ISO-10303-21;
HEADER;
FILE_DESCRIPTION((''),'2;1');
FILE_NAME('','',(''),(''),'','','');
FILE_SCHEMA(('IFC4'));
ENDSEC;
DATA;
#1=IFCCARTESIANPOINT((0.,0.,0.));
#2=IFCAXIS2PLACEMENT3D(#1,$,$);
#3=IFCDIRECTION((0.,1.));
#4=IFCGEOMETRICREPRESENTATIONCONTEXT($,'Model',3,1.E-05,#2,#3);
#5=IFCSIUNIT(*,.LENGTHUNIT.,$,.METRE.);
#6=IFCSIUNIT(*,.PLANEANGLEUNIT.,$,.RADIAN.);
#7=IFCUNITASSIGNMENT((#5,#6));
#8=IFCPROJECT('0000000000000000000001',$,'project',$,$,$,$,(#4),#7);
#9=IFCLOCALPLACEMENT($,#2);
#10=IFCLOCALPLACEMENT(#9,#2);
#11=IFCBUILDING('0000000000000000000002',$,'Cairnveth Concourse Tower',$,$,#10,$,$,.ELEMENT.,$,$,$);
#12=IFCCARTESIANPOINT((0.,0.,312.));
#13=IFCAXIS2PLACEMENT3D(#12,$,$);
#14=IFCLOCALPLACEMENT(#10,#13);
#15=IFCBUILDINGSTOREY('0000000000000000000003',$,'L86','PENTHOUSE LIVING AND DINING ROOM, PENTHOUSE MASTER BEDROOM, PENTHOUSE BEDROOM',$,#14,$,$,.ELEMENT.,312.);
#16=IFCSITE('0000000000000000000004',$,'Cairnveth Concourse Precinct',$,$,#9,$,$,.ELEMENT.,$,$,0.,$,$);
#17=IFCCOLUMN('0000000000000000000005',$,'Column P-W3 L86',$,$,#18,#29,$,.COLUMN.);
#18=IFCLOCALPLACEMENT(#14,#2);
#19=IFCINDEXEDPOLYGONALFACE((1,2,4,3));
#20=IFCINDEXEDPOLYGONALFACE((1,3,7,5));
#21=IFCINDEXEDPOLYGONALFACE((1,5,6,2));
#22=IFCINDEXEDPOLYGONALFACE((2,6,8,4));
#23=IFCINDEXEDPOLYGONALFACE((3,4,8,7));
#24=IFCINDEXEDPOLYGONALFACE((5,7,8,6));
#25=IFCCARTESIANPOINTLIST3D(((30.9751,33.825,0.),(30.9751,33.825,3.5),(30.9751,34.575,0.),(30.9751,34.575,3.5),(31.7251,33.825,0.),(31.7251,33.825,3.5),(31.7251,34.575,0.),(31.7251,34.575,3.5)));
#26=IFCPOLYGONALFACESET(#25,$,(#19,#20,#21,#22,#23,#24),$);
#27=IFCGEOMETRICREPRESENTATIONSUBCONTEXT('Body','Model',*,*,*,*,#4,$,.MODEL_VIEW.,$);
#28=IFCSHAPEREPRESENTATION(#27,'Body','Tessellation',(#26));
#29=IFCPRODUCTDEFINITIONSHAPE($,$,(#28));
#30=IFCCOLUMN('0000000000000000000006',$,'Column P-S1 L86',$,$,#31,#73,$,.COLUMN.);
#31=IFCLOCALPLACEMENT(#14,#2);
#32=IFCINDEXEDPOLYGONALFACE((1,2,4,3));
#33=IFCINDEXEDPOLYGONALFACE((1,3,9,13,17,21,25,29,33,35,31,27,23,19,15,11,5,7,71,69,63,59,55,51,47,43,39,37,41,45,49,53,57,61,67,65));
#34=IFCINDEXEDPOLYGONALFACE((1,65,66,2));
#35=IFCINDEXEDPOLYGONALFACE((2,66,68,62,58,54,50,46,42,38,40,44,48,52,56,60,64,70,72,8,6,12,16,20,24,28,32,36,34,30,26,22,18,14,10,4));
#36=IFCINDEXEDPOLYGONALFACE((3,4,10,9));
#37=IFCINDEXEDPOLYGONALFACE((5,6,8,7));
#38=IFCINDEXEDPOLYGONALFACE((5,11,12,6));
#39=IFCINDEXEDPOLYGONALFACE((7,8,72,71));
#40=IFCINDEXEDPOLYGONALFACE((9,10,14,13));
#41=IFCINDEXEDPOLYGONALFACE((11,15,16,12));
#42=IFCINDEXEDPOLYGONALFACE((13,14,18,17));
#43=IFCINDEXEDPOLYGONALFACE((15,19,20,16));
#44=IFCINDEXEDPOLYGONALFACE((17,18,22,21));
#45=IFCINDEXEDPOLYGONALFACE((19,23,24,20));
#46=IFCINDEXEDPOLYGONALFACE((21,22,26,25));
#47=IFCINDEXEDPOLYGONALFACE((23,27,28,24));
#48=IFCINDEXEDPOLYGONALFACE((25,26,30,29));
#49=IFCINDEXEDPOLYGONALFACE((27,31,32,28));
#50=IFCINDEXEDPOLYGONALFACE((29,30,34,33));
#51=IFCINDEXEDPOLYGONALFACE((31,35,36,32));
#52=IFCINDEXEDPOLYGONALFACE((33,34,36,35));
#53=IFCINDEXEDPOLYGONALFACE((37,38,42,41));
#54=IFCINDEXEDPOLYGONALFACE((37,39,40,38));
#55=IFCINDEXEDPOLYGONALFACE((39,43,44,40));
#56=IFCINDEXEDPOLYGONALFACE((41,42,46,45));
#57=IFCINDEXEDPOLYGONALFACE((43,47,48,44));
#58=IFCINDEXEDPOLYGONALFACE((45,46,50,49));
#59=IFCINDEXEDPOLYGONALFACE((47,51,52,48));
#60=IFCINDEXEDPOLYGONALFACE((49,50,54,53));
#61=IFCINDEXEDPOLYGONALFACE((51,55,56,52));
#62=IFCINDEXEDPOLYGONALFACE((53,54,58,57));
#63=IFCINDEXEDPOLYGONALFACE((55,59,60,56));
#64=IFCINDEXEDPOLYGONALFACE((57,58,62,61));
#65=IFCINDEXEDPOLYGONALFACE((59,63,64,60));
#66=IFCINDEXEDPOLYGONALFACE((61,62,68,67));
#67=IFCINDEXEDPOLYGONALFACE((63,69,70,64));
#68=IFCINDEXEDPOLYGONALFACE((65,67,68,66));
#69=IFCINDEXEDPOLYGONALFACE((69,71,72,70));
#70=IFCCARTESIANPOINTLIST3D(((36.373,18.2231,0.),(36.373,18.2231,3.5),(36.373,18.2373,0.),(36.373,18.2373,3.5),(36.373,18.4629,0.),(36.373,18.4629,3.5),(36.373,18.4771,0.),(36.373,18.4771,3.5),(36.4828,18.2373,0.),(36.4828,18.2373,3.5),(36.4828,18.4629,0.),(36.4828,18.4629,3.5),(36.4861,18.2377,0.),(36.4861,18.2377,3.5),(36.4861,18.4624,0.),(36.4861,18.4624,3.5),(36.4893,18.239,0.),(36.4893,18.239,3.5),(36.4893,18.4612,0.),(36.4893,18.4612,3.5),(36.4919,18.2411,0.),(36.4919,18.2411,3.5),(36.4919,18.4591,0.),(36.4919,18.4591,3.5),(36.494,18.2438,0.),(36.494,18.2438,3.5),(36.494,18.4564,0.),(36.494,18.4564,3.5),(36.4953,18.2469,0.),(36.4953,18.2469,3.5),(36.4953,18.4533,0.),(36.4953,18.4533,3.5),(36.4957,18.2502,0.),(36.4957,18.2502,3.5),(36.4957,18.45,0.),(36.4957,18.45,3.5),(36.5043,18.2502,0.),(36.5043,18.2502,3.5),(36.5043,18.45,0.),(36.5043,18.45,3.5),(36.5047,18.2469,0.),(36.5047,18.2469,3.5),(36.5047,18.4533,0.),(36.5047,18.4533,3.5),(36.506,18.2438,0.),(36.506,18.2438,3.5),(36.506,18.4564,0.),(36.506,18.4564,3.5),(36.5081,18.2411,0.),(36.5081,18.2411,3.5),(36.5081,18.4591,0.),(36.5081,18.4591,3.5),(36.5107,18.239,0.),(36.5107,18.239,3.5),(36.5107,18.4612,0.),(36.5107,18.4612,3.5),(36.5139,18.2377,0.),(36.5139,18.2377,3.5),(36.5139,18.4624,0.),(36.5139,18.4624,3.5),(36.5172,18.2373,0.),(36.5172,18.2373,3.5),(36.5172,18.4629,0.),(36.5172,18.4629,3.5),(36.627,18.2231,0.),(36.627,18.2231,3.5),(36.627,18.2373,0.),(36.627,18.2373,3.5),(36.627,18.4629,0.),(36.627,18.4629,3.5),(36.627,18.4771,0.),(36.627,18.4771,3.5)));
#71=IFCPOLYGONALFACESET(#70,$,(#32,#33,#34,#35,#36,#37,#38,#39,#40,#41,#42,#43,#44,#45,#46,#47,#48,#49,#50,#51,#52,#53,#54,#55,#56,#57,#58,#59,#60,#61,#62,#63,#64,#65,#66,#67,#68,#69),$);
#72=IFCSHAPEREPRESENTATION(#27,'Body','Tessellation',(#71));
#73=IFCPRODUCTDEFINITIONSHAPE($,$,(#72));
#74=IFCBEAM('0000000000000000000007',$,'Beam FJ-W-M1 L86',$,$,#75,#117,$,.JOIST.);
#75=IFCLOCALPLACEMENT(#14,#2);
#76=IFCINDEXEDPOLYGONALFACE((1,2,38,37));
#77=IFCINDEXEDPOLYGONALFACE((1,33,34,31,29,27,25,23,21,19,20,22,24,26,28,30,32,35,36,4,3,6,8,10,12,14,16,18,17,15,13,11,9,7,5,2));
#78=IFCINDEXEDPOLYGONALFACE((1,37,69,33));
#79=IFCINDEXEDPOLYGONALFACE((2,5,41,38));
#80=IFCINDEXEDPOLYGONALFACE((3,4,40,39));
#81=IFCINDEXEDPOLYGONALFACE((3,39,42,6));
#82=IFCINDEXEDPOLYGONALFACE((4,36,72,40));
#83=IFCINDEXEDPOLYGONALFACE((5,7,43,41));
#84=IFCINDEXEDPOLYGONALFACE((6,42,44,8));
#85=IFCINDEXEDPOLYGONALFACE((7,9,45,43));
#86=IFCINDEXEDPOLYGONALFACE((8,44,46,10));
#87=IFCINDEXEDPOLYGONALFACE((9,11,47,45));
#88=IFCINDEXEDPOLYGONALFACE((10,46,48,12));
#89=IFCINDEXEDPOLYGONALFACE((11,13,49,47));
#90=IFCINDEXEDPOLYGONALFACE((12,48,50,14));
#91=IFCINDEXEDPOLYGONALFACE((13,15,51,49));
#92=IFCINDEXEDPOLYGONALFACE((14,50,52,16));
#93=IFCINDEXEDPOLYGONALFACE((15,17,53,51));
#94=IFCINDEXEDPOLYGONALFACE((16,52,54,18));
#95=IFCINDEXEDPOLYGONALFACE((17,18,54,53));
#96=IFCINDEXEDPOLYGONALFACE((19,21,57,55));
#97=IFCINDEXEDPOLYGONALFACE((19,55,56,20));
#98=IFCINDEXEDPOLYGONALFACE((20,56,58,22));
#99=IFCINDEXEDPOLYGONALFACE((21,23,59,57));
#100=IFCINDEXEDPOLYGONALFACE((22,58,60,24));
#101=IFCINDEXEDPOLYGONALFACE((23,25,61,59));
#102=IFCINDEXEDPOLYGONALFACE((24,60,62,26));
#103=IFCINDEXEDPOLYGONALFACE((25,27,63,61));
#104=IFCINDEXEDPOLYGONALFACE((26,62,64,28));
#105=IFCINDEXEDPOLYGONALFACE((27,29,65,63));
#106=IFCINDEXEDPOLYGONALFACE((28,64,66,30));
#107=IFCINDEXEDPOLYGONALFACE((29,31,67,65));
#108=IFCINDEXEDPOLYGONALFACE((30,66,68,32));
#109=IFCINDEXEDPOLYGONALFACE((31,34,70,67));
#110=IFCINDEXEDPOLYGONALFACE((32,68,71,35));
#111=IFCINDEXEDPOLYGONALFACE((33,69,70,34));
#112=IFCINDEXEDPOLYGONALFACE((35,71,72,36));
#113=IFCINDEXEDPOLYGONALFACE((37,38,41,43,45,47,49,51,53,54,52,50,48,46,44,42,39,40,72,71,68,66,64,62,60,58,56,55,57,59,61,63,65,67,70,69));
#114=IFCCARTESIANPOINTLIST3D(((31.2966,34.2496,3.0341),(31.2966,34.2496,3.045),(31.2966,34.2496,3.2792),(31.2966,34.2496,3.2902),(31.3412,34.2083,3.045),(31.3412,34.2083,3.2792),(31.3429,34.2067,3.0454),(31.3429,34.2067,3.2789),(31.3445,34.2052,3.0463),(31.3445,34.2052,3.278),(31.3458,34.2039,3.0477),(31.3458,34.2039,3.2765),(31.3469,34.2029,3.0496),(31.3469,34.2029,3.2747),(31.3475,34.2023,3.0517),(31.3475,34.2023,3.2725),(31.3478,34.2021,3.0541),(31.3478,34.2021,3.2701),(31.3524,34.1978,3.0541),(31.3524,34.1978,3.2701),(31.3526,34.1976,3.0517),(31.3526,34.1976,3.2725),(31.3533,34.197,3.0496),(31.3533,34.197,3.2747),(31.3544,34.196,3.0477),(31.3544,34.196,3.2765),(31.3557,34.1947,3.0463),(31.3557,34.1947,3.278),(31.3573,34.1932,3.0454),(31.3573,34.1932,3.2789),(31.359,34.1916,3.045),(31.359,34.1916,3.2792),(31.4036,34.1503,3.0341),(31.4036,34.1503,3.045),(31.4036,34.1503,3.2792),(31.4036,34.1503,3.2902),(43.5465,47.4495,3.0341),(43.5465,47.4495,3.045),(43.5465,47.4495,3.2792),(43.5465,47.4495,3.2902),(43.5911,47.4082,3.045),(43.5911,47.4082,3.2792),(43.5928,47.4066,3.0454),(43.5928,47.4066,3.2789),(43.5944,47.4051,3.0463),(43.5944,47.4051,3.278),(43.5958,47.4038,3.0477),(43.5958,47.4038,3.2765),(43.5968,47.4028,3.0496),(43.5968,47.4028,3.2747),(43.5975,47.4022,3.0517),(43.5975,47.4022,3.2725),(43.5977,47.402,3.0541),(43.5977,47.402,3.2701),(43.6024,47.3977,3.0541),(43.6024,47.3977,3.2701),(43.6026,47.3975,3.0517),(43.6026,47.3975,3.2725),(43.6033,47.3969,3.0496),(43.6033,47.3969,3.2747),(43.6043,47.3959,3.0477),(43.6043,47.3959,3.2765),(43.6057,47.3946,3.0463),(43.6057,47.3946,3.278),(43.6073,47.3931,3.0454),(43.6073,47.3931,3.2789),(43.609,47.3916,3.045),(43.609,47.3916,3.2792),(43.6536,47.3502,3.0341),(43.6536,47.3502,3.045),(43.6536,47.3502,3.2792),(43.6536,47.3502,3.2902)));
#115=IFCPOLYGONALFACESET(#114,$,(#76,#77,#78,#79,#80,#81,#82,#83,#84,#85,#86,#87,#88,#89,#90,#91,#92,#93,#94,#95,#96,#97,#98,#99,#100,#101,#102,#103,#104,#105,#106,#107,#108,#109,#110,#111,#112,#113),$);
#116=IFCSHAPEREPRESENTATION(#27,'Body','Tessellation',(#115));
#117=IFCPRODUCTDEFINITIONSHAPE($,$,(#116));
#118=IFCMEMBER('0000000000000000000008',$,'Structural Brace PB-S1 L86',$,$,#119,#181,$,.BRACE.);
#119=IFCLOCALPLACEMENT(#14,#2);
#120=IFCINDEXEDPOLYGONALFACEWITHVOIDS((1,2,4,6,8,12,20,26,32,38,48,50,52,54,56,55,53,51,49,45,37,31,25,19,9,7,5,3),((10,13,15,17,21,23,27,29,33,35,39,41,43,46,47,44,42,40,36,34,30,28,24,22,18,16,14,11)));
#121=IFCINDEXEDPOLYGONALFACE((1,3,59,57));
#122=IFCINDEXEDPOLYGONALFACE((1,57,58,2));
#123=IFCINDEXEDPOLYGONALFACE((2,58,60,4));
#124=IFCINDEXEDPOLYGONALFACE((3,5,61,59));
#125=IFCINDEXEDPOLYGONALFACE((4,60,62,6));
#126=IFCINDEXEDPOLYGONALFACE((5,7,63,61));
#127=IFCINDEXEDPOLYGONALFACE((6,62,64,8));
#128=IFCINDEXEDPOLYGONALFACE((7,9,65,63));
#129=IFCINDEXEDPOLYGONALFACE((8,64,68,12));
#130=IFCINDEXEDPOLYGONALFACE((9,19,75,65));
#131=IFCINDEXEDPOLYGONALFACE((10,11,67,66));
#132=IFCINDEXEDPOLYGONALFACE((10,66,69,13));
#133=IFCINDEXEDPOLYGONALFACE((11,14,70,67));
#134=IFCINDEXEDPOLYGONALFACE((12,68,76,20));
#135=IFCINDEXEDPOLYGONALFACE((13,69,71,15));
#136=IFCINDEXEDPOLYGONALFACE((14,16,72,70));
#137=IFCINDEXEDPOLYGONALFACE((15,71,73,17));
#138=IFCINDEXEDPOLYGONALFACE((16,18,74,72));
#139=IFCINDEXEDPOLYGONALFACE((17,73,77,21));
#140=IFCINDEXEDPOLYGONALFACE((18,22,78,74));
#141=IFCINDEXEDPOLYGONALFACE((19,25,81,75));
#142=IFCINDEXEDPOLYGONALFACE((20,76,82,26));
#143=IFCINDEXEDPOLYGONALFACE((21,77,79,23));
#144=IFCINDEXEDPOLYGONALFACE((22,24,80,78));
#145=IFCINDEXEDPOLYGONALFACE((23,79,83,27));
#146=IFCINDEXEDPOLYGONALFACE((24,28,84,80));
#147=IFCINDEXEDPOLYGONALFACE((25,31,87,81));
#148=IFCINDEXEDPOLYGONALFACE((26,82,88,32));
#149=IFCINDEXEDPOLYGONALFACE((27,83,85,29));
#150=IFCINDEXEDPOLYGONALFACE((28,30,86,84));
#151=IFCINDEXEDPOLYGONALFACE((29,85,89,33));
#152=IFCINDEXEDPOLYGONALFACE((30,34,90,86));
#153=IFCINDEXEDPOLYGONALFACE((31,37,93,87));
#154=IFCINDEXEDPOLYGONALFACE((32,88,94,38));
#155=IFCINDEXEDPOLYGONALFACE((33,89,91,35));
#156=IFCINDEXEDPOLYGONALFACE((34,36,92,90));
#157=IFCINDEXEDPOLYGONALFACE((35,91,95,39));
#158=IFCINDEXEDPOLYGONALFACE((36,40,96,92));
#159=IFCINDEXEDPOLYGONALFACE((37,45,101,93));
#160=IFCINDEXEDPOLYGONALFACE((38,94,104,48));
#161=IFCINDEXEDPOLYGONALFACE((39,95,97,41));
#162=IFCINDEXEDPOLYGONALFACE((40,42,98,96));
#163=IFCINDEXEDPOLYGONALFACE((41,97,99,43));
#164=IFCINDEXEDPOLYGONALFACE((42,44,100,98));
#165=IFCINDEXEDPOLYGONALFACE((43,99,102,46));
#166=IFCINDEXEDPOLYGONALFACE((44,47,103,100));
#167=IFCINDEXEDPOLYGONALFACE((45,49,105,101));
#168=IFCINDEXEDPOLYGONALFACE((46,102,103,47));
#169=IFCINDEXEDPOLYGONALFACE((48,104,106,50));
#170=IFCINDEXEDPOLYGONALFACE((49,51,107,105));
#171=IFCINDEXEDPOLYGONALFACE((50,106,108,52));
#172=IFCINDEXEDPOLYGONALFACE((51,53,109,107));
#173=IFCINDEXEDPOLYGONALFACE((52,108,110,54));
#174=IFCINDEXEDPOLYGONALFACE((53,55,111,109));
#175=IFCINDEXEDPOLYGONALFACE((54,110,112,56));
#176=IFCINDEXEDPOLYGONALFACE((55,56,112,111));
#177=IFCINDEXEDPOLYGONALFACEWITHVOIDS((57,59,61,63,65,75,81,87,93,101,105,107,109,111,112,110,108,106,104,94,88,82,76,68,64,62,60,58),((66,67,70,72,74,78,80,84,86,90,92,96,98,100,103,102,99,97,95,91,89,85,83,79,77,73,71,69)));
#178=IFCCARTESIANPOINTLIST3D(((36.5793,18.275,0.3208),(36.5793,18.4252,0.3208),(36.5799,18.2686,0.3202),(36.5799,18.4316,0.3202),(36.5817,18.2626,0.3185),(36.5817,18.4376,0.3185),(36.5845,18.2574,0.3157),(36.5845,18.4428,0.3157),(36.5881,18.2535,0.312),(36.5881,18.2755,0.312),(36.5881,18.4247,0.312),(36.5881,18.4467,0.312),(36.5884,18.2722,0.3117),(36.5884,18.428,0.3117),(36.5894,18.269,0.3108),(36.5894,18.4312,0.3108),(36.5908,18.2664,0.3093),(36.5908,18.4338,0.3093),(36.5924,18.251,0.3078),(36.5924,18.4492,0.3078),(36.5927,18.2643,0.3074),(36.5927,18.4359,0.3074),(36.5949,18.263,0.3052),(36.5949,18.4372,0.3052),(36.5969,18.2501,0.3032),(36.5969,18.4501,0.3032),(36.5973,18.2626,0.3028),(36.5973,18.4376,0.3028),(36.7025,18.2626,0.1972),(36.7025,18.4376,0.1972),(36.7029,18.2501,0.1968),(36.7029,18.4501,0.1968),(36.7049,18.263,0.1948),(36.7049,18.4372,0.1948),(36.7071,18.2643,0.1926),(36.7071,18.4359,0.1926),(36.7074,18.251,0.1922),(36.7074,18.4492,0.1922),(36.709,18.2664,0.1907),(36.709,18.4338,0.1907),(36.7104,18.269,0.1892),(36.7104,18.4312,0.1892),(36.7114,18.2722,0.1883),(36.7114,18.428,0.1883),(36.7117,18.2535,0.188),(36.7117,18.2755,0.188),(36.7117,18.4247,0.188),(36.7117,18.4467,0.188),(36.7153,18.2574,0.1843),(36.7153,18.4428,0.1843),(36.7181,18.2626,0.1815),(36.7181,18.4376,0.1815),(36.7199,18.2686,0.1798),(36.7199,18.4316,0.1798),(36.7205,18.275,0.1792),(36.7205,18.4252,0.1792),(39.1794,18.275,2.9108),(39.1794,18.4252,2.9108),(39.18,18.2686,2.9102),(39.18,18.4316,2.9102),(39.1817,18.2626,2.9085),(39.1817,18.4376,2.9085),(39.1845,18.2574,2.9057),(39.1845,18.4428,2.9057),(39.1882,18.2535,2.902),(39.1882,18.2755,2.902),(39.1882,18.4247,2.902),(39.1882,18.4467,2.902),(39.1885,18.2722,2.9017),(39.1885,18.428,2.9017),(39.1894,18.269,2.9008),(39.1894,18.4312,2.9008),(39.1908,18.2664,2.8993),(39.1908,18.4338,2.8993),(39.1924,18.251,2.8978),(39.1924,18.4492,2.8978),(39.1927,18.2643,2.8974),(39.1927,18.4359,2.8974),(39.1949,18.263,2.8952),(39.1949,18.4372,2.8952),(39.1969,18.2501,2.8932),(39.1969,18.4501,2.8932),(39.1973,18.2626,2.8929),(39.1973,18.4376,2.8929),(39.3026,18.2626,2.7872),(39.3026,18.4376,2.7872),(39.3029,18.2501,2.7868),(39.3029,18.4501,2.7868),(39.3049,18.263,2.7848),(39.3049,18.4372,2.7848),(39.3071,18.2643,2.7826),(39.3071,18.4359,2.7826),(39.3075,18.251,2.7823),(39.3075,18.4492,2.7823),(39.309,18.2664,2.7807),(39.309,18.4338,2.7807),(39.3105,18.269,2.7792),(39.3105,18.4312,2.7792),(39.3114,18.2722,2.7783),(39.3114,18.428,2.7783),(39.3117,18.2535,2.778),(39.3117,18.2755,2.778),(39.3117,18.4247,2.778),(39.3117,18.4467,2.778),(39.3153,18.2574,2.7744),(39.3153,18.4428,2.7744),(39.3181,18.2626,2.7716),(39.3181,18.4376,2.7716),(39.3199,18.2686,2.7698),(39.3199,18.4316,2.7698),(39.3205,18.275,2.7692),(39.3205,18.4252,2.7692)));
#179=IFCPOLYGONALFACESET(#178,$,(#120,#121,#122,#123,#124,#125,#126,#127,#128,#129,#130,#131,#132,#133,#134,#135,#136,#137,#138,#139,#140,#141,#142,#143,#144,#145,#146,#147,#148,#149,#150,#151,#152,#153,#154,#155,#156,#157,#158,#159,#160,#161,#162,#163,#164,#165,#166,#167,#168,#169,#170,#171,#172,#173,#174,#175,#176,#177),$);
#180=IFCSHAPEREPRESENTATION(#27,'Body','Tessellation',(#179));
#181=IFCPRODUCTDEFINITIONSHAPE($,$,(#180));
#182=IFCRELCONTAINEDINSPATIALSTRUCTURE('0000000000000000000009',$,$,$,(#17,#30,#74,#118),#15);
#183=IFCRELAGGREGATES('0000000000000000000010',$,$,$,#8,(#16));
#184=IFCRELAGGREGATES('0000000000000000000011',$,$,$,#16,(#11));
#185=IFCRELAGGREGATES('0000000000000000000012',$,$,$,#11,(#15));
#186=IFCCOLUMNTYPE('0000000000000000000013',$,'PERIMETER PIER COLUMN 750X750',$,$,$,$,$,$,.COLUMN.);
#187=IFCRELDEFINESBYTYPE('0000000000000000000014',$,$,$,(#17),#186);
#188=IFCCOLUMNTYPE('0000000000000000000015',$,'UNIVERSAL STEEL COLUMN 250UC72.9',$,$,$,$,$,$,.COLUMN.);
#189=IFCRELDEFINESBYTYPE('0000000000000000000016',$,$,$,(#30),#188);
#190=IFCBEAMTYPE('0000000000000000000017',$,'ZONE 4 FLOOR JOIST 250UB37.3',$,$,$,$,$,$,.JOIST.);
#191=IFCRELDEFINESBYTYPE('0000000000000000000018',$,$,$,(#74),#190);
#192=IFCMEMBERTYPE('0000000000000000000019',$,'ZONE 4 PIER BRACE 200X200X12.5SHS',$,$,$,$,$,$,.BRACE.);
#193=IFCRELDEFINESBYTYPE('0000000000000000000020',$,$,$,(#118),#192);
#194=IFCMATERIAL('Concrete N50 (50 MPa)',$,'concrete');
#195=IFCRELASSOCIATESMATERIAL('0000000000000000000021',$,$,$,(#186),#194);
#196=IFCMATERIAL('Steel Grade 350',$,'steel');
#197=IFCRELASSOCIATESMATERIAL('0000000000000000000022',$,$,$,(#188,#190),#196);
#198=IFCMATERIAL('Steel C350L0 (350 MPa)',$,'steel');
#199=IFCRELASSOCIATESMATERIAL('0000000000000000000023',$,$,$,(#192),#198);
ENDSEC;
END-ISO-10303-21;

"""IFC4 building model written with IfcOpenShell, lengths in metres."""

from ifc_helpers import new_model, si_unit, direction, frame, origin, origin_2d, place, context, subcontext, project, spatial, rectangle, hollow_rectangle, i_section, extrude, material, material_profile, profile_set, type_object, element, save


model = new_model("IFC4")

# Units and contexts
model_context = context("Model", 3, precision=1e-05, world=origin(), true_north=direction((0.0, 1.0)))
body_context = subcontext(model_context, "Body", "Model", "MODEL_VIEW")
ifc_project = project(units=[si_unit("LENGTHUNIT", "METRE"), si_unit("PLANEANGLEUNIT", "RADIAN")], contexts=[model_context])

# Site, building, storey
site_placement = place(None, origin())
site = spatial("IfcSite", under=ifc_project, at=site_placement, Name="Cairnveth Concourse Precinct", CompositionType="ELEMENT", RefElevation=0.0)
building_placement = place(site_placement, origin())
building = spatial("IfcBuilding", under=site, at=building_placement, Name="Cairnveth Concourse Tower", CompositionType="ELEMENT")
storey_placement = place(building_placement, frame((0.0, 0.0, 312.0)))
storey = spatial("IfcBuildingStorey", under=building, at=storey_placement, Name="L86", Description="PENTHOUSE LIVING AND DINING ROOM, PENTHOUSE MASTER BEDROOM, PENTHOUSE BEDROOM", CompositionType="ELEMENT", Elevation=312.0)

# Columns
ifc_material_1 = material(Name="Concrete N50 (50 MPa)", Category="concrete")
ifc_material_profile_1 = material_profile(ifc_material_1, rectangle(XDim=0.75, YDim=0.75, at=origin_2d()), Name="RC-COL-750x750")
ifc_profile_set_1 = profile_set([ifc_material_profile_1], Name="Concrete N50 (50 MPa)")
column_type_1 = type_object("IfcColumnType", Name="PERIMETER PIER COLUMN 750X750", PredefinedType="COLUMN", material=ifc_profile_set_1)
column_1_placement = place(storey_placement, frame((31.3501, 34.2, 0.0), z_axis=(0.0, 0.0, 1.0), x_axis=(0.0, 1.0, 0.0)))
element("IfcColumn", 1, at=column_1_placement, inside=storey, type_object=column_type_1, Name="Column P-W3 L86", PredefinedType="COLUMN", context=body_context, shape_type="SweptSolid", body=[
    extrude(rectangle(XDim=0.75, YDim=0.75, at=origin_2d()), origin(), (0.0, 0.0, 1.0), 3.5),
])
ifc_material_2 = material(Name="Steel Grade 350", Category="steel")
ifc_material_profile_2 = material_profile(ifc_material_2, i_section(OverallWidth=0.2539, OverallDepth=0.2539, WebThickness=0.0085, FlangeThickness=0.0142, FilletRadius=0.0129, at=origin_2d()), Name="250UC72.9")
ifc_profile_set_2 = profile_set([ifc_material_profile_2], Name="Steel Grade 350")
column_type_2 = type_object("IfcColumnType", Name="UNIVERSAL STEEL COLUMN 250UC72.9", PredefinedType="COLUMN", material=ifc_profile_set_2)
column_2_placement = place(storey_placement, frame((36.5, 18.3501, 0.0), z_axis=(0.0, 0.0, 1.0), x_axis=(1.0, 0.0, 0.0)))
element("IfcColumn", 2, at=column_2_placement, inside=storey, type_object=column_type_2, Name="Column P-S1 L86", PredefinedType="COLUMN", context=body_context, shape_type="SweptSolid", body=[
    extrude(i_section(OverallWidth=0.2539, OverallDepth=0.2539, WebThickness=0.0085, FlangeThickness=0.0142, FilletRadius=0.0129, at=origin_2d()), origin(), (0.0, 0.0, 1.0), 3.5),
])

# Beam
ifc_material_profile_3 = material_profile(ifc_material_2, i_section(OverallWidth=0.146, OverallDepth=0.2561, WebThickness=0.0063, FlangeThickness=0.011, FilletRadius=0.009, at=origin_2d()), Name="250UB37.3")
ifc_profile_set_3 = profile_set([ifc_material_profile_3], Name="Steel Grade 350")
beam_type_1 = type_object("IfcBeamType", Name="ZONE 4 FLOOR JOIST 250UB37.3", PredefinedType="JOIST", material=ifc_profile_set_3)
beam_1_placement = place(storey_placement, frame((31.3501, 34.2, 3.1621), z_axis=(0.680239, 0.73299, 0.0), x_axis=(-0.73299, 0.680239, 0.0)))
element("IfcBeam", 3, at=beam_1_placement, inside=storey, type_object=beam_type_1, Name="Beam FJ-W-M1 L86", PredefinedType="JOIST", context=body_context, shape_type="SweptSolid", body=[
    extrude(i_section(OverallWidth=0.146, OverallDepth=0.2561, WebThickness=0.0063, FlangeThickness=0.011, FilletRadius=0.009, at=origin_2d()), origin(), (0.0, 0.0, 1.0), 18.0083),
])

# Member
ifc_material_3 = material(Name="Steel C350L0 (350 MPa)", Category="steel")
ifc_material_profile_4 = material_profile(ifc_material_3, hollow_rectangle(XDim=0.2, YDim=0.2, WallThickness=0.0125, InnerFilletRadius=0.0129, OuterFilletRadius=0.0249, at=origin_2d()), Name="200x200x12.5SHS")
ifc_profile_set_4 = profile_set([ifc_material_profile_4], Name="Steel C350L0 (350 MPa)")
member_type = type_object("IfcMemberType", Name="ZONE 4 PIER BRACE 200X200X12.5SHS", PredefinedType="BRACE", material=ifc_profile_set_4)
for number, where, z_axis, x_axis, name in (
    (4, (36.6499, 18.3501, 0.25), (0.708469, 0.0, 0.705742), (0.0, 1.0, 0.0), "Structural Brace PB-S1 L86"),
):
    element("IfcMember", number, at=place(storey_placement, frame(where, z_axis=z_axis, x_axis=x_axis)), inside=storey, type_object=member_type, Name=name, PredefinedType="BRACE", context=body_context, shape_type="SweptSolid", body=[
        extrude(hollow_rectangle(XDim=0.2, YDim=0.2, WallThickness=0.0125, InnerFilletRadius=0.0129, OuterFilletRadius=0.0249, at=origin_2d()), origin(), (0.0, 0.0, 1.0), 3.6699),
    ])

save(model, "model.ifc")
